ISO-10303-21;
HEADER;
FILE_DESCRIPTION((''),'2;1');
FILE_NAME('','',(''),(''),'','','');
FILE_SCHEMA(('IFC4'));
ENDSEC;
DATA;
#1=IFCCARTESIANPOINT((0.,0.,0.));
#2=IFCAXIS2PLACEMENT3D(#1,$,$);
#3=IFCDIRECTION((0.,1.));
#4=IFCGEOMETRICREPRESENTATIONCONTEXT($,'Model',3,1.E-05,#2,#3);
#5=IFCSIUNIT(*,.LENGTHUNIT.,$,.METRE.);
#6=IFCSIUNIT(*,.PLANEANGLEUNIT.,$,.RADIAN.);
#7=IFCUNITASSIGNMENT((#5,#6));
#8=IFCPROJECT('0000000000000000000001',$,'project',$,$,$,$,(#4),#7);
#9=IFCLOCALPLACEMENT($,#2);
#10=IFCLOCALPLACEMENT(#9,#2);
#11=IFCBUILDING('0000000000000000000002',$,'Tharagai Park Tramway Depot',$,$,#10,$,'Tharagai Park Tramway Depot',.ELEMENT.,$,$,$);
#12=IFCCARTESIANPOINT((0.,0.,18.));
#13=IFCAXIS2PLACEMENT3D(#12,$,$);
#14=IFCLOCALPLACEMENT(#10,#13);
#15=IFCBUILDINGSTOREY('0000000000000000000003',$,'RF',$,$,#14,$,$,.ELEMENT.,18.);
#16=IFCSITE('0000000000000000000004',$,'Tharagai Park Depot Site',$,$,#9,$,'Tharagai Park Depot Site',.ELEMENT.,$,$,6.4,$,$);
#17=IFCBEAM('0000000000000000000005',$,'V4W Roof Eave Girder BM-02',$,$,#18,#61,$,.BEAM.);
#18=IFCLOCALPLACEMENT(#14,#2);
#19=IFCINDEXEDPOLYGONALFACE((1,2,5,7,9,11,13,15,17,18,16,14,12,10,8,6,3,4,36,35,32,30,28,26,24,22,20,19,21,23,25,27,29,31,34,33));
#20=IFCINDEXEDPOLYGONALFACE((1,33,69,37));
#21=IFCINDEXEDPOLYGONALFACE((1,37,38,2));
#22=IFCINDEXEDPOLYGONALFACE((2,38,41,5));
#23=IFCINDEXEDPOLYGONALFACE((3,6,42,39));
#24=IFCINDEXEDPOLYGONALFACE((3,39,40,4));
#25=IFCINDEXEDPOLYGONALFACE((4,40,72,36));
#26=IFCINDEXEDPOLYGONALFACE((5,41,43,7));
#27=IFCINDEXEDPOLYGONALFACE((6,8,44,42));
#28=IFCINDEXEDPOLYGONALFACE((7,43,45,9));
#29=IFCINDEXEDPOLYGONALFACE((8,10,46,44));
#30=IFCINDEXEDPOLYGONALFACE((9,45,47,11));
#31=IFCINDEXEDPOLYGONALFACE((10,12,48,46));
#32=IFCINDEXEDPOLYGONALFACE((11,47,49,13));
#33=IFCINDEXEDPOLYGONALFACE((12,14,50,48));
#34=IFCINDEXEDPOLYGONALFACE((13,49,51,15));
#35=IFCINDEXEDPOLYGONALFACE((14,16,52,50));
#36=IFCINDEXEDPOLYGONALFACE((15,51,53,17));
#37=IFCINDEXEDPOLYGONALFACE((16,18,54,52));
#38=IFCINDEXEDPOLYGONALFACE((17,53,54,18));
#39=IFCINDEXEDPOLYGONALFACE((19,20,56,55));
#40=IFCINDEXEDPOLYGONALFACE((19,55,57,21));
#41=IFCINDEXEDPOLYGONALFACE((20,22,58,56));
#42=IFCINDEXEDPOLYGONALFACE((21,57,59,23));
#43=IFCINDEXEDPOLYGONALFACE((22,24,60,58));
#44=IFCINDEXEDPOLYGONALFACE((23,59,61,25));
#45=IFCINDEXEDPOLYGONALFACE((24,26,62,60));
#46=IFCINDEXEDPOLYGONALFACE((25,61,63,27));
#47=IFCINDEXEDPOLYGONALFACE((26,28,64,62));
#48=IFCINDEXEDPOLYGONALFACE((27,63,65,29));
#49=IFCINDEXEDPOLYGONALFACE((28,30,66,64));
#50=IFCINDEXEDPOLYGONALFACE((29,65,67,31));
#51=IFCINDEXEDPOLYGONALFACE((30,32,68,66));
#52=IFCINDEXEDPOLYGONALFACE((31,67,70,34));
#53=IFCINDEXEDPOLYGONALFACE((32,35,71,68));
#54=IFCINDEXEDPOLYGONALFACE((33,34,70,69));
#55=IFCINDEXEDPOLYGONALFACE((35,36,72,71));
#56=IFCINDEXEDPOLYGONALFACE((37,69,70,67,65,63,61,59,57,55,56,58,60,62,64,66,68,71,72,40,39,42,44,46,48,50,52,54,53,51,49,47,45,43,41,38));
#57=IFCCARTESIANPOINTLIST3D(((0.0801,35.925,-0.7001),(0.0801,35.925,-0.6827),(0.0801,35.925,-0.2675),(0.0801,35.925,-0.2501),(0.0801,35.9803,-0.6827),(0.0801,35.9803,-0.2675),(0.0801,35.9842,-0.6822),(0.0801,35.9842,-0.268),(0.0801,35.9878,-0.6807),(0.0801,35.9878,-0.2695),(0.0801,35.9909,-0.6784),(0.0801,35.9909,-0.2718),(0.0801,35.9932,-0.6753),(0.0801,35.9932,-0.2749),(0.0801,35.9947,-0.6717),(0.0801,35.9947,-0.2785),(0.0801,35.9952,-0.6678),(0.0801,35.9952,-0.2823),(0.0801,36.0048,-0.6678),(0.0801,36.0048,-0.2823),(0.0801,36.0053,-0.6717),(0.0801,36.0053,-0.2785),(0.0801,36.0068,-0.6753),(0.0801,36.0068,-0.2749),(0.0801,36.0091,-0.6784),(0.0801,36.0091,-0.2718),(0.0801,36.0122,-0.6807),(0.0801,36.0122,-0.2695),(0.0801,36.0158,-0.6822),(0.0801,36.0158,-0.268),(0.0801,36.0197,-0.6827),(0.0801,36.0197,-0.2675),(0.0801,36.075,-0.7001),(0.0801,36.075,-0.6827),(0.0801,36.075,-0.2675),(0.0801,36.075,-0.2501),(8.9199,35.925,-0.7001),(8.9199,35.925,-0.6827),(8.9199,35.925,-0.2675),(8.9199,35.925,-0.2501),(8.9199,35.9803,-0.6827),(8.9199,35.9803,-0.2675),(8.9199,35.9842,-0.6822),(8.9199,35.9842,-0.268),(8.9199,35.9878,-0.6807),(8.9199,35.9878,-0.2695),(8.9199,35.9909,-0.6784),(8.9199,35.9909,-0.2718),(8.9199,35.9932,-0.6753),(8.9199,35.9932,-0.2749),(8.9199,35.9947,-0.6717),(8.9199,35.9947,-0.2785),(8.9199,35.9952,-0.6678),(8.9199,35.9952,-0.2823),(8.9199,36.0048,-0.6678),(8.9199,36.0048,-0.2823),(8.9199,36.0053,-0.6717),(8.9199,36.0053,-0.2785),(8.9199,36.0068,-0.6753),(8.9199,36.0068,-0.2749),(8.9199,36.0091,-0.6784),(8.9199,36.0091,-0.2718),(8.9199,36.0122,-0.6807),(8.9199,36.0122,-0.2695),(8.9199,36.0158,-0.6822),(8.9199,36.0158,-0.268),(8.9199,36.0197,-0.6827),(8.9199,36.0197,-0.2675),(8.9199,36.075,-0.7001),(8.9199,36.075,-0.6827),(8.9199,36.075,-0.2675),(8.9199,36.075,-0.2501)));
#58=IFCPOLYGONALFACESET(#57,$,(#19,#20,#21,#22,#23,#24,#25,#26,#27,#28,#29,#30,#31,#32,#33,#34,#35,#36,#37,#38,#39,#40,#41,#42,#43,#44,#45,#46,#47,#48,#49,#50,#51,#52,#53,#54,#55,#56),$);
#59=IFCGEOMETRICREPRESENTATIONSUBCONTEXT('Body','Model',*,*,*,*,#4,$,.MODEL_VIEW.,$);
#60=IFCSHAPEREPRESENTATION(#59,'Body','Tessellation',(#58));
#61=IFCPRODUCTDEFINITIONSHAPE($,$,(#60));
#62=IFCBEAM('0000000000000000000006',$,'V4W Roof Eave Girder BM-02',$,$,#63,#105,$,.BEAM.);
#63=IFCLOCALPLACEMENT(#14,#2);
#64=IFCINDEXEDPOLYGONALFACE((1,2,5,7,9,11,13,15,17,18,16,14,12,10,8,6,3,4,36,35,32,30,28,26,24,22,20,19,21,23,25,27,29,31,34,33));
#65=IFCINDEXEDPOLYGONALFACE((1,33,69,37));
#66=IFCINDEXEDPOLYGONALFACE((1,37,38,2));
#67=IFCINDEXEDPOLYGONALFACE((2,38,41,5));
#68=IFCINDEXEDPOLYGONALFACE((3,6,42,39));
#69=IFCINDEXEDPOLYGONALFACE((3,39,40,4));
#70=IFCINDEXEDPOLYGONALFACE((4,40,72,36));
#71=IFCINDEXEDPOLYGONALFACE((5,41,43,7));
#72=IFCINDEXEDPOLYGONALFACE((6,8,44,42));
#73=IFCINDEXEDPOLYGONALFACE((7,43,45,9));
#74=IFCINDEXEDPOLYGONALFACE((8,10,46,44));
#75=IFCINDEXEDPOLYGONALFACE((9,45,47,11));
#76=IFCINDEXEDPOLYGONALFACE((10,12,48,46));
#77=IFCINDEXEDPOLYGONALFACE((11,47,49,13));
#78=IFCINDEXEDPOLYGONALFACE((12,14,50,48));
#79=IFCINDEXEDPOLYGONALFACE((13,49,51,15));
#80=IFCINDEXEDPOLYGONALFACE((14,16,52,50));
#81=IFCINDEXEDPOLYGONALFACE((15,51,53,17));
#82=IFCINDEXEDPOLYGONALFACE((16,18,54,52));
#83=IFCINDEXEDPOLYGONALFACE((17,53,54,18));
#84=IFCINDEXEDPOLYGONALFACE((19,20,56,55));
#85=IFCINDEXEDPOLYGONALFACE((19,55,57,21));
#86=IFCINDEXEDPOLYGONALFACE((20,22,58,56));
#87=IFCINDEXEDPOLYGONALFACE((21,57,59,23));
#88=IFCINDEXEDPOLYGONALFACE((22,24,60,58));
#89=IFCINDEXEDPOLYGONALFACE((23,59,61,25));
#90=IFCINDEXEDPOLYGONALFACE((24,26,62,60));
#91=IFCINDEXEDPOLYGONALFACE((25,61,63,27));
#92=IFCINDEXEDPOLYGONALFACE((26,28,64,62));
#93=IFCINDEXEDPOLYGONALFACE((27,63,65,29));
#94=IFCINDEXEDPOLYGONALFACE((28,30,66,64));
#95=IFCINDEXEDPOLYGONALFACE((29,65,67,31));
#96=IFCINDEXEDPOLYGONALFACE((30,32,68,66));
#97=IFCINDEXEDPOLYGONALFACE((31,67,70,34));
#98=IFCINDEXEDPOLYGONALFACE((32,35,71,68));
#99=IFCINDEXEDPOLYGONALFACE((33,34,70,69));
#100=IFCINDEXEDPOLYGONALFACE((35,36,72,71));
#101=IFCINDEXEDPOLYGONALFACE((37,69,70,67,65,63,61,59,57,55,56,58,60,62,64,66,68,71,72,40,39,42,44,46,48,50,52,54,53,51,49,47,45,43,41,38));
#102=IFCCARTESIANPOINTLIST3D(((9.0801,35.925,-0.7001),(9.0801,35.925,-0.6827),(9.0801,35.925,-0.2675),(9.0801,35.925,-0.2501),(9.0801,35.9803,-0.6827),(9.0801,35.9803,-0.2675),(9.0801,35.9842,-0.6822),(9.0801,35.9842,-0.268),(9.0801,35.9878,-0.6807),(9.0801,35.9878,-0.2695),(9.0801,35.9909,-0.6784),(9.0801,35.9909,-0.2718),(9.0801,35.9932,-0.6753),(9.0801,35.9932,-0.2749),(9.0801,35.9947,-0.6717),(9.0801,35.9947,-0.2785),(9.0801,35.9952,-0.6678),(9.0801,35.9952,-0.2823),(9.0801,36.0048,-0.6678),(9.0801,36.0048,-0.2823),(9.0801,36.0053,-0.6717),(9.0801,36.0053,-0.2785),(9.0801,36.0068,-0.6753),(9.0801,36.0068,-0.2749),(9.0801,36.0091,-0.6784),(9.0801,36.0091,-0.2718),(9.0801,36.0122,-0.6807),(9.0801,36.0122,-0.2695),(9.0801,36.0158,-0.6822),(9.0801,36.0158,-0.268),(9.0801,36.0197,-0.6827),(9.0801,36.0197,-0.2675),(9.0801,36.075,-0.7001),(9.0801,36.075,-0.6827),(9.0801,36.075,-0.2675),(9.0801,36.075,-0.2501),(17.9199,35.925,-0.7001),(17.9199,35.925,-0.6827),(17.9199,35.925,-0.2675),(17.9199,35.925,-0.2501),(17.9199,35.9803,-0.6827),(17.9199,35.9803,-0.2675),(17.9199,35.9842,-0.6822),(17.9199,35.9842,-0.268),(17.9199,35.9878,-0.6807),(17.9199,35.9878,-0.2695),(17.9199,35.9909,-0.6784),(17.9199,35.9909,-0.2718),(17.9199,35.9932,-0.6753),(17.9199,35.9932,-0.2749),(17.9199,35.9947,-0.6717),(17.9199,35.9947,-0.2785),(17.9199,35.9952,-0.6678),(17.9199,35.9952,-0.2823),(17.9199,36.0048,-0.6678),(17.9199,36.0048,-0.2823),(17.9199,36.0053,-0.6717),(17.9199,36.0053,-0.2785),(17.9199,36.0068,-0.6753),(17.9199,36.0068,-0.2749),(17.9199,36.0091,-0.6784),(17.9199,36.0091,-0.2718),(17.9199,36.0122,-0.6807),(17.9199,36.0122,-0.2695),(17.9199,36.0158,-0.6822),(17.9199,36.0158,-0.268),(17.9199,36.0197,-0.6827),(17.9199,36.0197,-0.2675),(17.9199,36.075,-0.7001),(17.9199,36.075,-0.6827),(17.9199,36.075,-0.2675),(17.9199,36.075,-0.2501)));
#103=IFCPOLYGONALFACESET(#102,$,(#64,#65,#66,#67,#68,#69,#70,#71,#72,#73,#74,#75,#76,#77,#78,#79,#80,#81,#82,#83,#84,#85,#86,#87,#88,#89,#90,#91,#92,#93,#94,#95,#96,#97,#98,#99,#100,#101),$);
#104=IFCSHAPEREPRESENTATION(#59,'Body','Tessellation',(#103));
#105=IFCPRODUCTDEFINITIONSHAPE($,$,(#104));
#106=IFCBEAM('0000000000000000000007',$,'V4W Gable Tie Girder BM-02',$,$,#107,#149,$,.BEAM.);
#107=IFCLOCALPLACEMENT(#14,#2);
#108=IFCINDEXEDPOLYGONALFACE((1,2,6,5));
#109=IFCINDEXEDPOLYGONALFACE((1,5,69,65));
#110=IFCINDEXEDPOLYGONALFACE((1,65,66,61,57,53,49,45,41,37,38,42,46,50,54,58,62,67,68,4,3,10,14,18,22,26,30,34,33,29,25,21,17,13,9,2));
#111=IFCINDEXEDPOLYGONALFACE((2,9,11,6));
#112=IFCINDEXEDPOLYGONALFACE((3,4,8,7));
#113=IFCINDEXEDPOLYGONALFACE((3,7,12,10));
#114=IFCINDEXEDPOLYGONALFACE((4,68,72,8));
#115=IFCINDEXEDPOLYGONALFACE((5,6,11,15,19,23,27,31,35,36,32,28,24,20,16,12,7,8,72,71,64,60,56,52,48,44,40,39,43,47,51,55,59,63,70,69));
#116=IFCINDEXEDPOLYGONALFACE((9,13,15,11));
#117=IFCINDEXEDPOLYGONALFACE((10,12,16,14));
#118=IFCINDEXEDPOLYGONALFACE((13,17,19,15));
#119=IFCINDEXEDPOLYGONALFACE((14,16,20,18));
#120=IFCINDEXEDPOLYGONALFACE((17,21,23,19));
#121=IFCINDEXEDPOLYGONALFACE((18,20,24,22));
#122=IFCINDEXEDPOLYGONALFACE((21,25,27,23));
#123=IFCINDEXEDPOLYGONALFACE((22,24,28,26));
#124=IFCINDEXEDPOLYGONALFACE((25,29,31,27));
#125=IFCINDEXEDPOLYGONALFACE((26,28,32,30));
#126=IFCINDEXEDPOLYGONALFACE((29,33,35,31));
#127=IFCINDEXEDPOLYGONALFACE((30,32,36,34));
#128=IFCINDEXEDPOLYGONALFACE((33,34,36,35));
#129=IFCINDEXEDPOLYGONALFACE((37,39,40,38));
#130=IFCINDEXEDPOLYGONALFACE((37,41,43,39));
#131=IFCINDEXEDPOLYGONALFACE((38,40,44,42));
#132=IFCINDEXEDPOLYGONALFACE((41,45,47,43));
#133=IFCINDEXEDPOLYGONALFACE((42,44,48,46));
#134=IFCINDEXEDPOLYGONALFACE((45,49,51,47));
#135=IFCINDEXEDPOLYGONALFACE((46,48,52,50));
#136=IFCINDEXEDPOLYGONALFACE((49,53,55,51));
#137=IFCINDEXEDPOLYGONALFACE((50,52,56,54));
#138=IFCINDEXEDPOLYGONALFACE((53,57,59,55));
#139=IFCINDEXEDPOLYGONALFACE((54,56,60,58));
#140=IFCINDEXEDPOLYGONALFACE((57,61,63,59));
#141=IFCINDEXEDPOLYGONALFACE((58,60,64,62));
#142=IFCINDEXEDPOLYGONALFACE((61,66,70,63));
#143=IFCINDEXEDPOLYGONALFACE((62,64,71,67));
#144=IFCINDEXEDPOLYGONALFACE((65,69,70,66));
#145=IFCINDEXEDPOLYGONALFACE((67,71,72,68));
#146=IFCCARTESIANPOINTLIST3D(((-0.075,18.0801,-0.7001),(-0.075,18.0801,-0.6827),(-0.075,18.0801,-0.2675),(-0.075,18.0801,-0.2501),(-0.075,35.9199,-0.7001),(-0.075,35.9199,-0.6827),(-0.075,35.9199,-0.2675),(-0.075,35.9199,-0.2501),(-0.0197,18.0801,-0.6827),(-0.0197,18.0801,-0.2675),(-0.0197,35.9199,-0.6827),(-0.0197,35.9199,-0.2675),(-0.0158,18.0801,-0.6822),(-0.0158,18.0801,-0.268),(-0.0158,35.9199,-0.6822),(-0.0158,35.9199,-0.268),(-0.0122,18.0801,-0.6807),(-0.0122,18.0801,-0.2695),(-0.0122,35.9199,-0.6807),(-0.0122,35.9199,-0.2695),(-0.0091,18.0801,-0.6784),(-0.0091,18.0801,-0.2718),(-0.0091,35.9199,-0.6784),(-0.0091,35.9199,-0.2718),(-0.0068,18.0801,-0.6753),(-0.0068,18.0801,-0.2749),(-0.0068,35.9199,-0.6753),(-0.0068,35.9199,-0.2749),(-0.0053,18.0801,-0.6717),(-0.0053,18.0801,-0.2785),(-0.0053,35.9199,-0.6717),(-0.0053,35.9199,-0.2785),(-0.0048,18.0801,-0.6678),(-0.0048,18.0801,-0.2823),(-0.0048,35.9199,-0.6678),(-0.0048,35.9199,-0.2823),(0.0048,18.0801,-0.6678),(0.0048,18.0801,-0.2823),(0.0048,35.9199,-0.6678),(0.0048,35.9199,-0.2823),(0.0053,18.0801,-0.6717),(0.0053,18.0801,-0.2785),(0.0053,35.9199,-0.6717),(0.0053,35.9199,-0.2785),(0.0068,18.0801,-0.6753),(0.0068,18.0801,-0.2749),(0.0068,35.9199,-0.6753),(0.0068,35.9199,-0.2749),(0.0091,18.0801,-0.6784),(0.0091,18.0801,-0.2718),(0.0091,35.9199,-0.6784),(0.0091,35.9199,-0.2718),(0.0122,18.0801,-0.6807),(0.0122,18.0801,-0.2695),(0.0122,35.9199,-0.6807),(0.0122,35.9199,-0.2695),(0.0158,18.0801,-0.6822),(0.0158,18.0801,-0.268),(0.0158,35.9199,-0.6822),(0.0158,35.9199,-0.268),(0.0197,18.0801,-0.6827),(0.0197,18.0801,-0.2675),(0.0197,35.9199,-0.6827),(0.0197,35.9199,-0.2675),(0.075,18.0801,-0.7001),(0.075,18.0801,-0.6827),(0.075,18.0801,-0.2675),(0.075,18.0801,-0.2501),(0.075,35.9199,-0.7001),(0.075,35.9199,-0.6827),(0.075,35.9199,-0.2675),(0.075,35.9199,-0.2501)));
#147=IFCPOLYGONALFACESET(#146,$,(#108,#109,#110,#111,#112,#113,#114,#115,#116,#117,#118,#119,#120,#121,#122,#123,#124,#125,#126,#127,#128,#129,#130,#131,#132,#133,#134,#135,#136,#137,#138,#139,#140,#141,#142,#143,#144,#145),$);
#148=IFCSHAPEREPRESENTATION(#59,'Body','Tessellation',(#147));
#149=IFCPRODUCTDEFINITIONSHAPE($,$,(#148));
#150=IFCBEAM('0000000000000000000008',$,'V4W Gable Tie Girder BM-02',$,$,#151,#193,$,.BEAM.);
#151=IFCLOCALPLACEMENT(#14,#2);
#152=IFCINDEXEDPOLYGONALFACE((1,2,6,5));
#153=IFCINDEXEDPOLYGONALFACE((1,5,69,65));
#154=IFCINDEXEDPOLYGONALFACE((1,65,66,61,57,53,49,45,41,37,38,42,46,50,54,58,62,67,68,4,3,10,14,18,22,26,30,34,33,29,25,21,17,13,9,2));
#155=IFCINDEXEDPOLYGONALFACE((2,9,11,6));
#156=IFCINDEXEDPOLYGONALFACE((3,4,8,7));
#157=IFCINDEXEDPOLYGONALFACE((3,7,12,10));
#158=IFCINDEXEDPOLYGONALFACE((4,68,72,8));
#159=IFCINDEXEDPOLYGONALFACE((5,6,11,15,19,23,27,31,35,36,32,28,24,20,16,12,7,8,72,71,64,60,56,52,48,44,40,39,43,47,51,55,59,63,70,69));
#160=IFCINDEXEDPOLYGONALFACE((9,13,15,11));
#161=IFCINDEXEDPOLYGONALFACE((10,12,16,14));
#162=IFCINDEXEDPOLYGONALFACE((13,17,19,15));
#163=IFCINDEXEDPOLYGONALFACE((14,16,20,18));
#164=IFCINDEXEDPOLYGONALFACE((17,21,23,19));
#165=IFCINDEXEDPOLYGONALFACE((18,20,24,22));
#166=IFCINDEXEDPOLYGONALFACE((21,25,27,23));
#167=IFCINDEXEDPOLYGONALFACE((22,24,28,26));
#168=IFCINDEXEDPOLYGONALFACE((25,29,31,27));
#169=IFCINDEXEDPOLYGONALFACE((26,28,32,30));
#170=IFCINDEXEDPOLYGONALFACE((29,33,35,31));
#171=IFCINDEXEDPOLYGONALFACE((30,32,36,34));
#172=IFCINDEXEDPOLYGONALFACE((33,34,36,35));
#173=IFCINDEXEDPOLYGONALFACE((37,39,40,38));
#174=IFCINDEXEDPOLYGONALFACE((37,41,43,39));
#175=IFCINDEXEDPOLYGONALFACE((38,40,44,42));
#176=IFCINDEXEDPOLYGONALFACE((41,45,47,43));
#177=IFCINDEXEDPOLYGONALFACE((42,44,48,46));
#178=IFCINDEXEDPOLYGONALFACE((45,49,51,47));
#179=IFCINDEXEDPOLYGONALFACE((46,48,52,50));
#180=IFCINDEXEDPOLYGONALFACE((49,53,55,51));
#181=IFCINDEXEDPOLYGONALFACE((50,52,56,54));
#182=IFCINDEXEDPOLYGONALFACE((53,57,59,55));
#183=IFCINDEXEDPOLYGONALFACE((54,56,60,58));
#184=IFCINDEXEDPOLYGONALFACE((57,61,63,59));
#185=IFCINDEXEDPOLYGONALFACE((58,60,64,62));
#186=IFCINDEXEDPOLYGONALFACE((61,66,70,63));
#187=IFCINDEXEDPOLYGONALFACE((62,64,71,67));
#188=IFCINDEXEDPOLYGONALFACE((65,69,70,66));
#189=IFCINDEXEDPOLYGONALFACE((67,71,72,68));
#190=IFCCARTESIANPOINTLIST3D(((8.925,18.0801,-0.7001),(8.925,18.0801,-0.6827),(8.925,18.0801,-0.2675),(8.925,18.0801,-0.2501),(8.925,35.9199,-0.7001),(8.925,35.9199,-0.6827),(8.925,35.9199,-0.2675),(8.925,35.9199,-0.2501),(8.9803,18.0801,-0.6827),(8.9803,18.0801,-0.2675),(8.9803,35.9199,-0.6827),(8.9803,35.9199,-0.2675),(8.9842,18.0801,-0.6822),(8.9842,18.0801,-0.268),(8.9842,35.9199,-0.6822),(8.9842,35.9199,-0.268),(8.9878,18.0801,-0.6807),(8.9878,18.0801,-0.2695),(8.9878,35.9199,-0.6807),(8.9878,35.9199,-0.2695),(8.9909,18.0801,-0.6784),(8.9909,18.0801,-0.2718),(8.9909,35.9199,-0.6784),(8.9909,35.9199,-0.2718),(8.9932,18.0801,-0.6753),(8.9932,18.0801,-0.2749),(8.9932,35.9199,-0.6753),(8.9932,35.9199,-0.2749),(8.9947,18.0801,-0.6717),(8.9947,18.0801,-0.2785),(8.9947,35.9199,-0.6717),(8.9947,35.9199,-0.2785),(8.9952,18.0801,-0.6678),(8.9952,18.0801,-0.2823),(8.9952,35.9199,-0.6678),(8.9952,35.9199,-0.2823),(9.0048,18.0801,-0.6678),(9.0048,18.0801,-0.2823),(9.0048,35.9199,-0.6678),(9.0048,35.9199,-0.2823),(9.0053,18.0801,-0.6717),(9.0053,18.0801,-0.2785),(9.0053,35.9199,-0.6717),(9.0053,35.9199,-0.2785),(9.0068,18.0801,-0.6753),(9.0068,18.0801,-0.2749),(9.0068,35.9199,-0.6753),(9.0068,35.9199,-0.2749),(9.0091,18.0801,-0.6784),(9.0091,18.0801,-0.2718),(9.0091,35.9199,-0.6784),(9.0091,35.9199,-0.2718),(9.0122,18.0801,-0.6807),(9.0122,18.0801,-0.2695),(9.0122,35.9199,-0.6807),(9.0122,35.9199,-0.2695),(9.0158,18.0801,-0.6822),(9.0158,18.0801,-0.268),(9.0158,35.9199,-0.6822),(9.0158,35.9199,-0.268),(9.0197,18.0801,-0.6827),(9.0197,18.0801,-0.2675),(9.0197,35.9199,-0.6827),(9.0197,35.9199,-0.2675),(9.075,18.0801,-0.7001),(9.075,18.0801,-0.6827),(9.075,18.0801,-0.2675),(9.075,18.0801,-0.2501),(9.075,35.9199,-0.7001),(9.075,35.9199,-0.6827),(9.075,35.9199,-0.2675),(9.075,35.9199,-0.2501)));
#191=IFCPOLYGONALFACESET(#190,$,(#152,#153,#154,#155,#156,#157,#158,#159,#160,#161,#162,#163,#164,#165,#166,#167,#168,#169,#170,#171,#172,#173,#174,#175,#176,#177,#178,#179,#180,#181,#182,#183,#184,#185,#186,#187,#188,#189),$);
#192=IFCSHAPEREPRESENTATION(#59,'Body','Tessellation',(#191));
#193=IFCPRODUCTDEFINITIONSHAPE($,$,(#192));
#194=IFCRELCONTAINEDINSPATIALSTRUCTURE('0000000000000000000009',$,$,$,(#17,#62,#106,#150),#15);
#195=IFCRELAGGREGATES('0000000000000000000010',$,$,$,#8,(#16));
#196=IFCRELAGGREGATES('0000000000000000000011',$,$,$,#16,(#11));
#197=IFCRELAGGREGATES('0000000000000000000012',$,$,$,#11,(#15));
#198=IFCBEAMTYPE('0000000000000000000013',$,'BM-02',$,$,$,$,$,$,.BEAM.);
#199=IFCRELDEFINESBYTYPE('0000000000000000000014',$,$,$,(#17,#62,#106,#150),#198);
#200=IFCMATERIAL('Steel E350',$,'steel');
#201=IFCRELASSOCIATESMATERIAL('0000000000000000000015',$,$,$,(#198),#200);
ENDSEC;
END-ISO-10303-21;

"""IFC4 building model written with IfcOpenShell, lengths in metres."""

from ifc_helpers import new_model, si_unit, direction, frame, origin, origin_2d, place, context, subcontext, project, spatial, i_section, extrude, material, material_profile, profile_set, type_object, element, save


model = new_model("IFC4")

# Units and contexts
model_context = context("Model", 3, precision=1e-05, world=origin(), true_north=direction((0.0, 1.0)))
body_context = subcontext(model_context, "Body", "Model", "MODEL_VIEW")
ifc_project = project(units=[si_unit("LENGTHUNIT", "METRE"), si_unit("PLANEANGLEUNIT", "RADIAN")], contexts=[model_context])

# Site, building, storey
site_placement = place(None, origin())
site = spatial("IfcSite", under=ifc_project, at=site_placement, Name="Tharagai Park Depot Site", LongName="Tharagai Park Depot Site", CompositionType="ELEMENT", RefElevation=6.4)
building_placement = place(site_placement, origin())
building = spatial("IfcBuilding", under=site, at=building_placement, Name="Tharagai Park Tramway Depot", LongName="Tharagai Park Tramway Depot", CompositionType="ELEMENT")
storey_placement = place(building_placement, frame((0.0, 0.0, 18.0)))
storey = spatial("IfcBuildingStorey", under=building, at=storey_placement, Name="RF", CompositionType="ELEMENT", Elevation=18.0)

# Beams
ifc_material_1 = material(Name="Steel E350", Category="steel")
ifc_material_profile_1 = material_profile(ifc_material_1, i_section(OverallWidth=0.1499, OverallDepth=0.45, WebThickness=0.0095, FlangeThickness=0.0173, FilletRadius=0.0149, at=origin_2d()), Name="ISMB 450")
ifc_profile_set_1 = profile_set([ifc_material_profile_1], Name="Steel E350")
beam_type_1 = type_object("IfcBeamType", Name="BM-02", PredefinedType="BEAM", material=ifc_profile_set_1)
for number, where, z_axis, x_axis, name in (
    (1, (0.0801, 36.0, -0.4751), (1.0, 0.0, 0.0), (0.0, 1.0, 0.0), "V4W Roof Eave Girder BM-02"),
    (2, (9.0801, 36.0, -0.4751), (1.0, 0.0, 0.0), (0.0, 1.0, 0.0), "V4W Roof Eave Girder BM-02"),
):
    element("IfcBeam", number, at=place(storey_placement, frame(where, z_axis=z_axis, x_axis=x_axis)), inside=storey, type_object=beam_type_1, Name=name, PredefinedType="BEAM", context=body_context, shape_type="SweptSolid", body=[
        extrude(i_section(OverallWidth=0.1499, OverallDepth=0.45, WebThickness=0.0095, FlangeThickness=0.0173, FilletRadius=0.0149, at=origin_2d()), origin(), (0.0, 0.0, 1.0), 8.8398),
    ])
for number, where, z_axis, x_axis, name in (
    (3, (0.0, 18.0801, -0.4751), (0.0, 1.0, 0.0), (-1.0, 0.0, 0.0), "V4W Gable Tie Girder BM-02"),
    (4, (9.0, 18.0801, -0.4751), (0.0, 1.0, 0.0), (-1.0, 0.0, 0.0), "V4W Gable Tie Girder BM-02"),
):
    element("IfcBeam", number, at=place(storey_placement, frame(where, z_axis=z_axis, x_axis=x_axis)), inside=storey, type_object=beam_type_1, Name=name, PredefinedType="BEAM", context=body_context, shape_type="SweptSolid", body=[
        extrude(i_section(OverallWidth=0.1499, OverallDepth=0.45, WebThickness=0.0095, FlangeThickness=0.0173, FilletRadius=0.0149, at=origin_2d()), origin(), (0.0, 0.0, 1.0), 17.8398),
    ])

save(model, "model.ifc")
